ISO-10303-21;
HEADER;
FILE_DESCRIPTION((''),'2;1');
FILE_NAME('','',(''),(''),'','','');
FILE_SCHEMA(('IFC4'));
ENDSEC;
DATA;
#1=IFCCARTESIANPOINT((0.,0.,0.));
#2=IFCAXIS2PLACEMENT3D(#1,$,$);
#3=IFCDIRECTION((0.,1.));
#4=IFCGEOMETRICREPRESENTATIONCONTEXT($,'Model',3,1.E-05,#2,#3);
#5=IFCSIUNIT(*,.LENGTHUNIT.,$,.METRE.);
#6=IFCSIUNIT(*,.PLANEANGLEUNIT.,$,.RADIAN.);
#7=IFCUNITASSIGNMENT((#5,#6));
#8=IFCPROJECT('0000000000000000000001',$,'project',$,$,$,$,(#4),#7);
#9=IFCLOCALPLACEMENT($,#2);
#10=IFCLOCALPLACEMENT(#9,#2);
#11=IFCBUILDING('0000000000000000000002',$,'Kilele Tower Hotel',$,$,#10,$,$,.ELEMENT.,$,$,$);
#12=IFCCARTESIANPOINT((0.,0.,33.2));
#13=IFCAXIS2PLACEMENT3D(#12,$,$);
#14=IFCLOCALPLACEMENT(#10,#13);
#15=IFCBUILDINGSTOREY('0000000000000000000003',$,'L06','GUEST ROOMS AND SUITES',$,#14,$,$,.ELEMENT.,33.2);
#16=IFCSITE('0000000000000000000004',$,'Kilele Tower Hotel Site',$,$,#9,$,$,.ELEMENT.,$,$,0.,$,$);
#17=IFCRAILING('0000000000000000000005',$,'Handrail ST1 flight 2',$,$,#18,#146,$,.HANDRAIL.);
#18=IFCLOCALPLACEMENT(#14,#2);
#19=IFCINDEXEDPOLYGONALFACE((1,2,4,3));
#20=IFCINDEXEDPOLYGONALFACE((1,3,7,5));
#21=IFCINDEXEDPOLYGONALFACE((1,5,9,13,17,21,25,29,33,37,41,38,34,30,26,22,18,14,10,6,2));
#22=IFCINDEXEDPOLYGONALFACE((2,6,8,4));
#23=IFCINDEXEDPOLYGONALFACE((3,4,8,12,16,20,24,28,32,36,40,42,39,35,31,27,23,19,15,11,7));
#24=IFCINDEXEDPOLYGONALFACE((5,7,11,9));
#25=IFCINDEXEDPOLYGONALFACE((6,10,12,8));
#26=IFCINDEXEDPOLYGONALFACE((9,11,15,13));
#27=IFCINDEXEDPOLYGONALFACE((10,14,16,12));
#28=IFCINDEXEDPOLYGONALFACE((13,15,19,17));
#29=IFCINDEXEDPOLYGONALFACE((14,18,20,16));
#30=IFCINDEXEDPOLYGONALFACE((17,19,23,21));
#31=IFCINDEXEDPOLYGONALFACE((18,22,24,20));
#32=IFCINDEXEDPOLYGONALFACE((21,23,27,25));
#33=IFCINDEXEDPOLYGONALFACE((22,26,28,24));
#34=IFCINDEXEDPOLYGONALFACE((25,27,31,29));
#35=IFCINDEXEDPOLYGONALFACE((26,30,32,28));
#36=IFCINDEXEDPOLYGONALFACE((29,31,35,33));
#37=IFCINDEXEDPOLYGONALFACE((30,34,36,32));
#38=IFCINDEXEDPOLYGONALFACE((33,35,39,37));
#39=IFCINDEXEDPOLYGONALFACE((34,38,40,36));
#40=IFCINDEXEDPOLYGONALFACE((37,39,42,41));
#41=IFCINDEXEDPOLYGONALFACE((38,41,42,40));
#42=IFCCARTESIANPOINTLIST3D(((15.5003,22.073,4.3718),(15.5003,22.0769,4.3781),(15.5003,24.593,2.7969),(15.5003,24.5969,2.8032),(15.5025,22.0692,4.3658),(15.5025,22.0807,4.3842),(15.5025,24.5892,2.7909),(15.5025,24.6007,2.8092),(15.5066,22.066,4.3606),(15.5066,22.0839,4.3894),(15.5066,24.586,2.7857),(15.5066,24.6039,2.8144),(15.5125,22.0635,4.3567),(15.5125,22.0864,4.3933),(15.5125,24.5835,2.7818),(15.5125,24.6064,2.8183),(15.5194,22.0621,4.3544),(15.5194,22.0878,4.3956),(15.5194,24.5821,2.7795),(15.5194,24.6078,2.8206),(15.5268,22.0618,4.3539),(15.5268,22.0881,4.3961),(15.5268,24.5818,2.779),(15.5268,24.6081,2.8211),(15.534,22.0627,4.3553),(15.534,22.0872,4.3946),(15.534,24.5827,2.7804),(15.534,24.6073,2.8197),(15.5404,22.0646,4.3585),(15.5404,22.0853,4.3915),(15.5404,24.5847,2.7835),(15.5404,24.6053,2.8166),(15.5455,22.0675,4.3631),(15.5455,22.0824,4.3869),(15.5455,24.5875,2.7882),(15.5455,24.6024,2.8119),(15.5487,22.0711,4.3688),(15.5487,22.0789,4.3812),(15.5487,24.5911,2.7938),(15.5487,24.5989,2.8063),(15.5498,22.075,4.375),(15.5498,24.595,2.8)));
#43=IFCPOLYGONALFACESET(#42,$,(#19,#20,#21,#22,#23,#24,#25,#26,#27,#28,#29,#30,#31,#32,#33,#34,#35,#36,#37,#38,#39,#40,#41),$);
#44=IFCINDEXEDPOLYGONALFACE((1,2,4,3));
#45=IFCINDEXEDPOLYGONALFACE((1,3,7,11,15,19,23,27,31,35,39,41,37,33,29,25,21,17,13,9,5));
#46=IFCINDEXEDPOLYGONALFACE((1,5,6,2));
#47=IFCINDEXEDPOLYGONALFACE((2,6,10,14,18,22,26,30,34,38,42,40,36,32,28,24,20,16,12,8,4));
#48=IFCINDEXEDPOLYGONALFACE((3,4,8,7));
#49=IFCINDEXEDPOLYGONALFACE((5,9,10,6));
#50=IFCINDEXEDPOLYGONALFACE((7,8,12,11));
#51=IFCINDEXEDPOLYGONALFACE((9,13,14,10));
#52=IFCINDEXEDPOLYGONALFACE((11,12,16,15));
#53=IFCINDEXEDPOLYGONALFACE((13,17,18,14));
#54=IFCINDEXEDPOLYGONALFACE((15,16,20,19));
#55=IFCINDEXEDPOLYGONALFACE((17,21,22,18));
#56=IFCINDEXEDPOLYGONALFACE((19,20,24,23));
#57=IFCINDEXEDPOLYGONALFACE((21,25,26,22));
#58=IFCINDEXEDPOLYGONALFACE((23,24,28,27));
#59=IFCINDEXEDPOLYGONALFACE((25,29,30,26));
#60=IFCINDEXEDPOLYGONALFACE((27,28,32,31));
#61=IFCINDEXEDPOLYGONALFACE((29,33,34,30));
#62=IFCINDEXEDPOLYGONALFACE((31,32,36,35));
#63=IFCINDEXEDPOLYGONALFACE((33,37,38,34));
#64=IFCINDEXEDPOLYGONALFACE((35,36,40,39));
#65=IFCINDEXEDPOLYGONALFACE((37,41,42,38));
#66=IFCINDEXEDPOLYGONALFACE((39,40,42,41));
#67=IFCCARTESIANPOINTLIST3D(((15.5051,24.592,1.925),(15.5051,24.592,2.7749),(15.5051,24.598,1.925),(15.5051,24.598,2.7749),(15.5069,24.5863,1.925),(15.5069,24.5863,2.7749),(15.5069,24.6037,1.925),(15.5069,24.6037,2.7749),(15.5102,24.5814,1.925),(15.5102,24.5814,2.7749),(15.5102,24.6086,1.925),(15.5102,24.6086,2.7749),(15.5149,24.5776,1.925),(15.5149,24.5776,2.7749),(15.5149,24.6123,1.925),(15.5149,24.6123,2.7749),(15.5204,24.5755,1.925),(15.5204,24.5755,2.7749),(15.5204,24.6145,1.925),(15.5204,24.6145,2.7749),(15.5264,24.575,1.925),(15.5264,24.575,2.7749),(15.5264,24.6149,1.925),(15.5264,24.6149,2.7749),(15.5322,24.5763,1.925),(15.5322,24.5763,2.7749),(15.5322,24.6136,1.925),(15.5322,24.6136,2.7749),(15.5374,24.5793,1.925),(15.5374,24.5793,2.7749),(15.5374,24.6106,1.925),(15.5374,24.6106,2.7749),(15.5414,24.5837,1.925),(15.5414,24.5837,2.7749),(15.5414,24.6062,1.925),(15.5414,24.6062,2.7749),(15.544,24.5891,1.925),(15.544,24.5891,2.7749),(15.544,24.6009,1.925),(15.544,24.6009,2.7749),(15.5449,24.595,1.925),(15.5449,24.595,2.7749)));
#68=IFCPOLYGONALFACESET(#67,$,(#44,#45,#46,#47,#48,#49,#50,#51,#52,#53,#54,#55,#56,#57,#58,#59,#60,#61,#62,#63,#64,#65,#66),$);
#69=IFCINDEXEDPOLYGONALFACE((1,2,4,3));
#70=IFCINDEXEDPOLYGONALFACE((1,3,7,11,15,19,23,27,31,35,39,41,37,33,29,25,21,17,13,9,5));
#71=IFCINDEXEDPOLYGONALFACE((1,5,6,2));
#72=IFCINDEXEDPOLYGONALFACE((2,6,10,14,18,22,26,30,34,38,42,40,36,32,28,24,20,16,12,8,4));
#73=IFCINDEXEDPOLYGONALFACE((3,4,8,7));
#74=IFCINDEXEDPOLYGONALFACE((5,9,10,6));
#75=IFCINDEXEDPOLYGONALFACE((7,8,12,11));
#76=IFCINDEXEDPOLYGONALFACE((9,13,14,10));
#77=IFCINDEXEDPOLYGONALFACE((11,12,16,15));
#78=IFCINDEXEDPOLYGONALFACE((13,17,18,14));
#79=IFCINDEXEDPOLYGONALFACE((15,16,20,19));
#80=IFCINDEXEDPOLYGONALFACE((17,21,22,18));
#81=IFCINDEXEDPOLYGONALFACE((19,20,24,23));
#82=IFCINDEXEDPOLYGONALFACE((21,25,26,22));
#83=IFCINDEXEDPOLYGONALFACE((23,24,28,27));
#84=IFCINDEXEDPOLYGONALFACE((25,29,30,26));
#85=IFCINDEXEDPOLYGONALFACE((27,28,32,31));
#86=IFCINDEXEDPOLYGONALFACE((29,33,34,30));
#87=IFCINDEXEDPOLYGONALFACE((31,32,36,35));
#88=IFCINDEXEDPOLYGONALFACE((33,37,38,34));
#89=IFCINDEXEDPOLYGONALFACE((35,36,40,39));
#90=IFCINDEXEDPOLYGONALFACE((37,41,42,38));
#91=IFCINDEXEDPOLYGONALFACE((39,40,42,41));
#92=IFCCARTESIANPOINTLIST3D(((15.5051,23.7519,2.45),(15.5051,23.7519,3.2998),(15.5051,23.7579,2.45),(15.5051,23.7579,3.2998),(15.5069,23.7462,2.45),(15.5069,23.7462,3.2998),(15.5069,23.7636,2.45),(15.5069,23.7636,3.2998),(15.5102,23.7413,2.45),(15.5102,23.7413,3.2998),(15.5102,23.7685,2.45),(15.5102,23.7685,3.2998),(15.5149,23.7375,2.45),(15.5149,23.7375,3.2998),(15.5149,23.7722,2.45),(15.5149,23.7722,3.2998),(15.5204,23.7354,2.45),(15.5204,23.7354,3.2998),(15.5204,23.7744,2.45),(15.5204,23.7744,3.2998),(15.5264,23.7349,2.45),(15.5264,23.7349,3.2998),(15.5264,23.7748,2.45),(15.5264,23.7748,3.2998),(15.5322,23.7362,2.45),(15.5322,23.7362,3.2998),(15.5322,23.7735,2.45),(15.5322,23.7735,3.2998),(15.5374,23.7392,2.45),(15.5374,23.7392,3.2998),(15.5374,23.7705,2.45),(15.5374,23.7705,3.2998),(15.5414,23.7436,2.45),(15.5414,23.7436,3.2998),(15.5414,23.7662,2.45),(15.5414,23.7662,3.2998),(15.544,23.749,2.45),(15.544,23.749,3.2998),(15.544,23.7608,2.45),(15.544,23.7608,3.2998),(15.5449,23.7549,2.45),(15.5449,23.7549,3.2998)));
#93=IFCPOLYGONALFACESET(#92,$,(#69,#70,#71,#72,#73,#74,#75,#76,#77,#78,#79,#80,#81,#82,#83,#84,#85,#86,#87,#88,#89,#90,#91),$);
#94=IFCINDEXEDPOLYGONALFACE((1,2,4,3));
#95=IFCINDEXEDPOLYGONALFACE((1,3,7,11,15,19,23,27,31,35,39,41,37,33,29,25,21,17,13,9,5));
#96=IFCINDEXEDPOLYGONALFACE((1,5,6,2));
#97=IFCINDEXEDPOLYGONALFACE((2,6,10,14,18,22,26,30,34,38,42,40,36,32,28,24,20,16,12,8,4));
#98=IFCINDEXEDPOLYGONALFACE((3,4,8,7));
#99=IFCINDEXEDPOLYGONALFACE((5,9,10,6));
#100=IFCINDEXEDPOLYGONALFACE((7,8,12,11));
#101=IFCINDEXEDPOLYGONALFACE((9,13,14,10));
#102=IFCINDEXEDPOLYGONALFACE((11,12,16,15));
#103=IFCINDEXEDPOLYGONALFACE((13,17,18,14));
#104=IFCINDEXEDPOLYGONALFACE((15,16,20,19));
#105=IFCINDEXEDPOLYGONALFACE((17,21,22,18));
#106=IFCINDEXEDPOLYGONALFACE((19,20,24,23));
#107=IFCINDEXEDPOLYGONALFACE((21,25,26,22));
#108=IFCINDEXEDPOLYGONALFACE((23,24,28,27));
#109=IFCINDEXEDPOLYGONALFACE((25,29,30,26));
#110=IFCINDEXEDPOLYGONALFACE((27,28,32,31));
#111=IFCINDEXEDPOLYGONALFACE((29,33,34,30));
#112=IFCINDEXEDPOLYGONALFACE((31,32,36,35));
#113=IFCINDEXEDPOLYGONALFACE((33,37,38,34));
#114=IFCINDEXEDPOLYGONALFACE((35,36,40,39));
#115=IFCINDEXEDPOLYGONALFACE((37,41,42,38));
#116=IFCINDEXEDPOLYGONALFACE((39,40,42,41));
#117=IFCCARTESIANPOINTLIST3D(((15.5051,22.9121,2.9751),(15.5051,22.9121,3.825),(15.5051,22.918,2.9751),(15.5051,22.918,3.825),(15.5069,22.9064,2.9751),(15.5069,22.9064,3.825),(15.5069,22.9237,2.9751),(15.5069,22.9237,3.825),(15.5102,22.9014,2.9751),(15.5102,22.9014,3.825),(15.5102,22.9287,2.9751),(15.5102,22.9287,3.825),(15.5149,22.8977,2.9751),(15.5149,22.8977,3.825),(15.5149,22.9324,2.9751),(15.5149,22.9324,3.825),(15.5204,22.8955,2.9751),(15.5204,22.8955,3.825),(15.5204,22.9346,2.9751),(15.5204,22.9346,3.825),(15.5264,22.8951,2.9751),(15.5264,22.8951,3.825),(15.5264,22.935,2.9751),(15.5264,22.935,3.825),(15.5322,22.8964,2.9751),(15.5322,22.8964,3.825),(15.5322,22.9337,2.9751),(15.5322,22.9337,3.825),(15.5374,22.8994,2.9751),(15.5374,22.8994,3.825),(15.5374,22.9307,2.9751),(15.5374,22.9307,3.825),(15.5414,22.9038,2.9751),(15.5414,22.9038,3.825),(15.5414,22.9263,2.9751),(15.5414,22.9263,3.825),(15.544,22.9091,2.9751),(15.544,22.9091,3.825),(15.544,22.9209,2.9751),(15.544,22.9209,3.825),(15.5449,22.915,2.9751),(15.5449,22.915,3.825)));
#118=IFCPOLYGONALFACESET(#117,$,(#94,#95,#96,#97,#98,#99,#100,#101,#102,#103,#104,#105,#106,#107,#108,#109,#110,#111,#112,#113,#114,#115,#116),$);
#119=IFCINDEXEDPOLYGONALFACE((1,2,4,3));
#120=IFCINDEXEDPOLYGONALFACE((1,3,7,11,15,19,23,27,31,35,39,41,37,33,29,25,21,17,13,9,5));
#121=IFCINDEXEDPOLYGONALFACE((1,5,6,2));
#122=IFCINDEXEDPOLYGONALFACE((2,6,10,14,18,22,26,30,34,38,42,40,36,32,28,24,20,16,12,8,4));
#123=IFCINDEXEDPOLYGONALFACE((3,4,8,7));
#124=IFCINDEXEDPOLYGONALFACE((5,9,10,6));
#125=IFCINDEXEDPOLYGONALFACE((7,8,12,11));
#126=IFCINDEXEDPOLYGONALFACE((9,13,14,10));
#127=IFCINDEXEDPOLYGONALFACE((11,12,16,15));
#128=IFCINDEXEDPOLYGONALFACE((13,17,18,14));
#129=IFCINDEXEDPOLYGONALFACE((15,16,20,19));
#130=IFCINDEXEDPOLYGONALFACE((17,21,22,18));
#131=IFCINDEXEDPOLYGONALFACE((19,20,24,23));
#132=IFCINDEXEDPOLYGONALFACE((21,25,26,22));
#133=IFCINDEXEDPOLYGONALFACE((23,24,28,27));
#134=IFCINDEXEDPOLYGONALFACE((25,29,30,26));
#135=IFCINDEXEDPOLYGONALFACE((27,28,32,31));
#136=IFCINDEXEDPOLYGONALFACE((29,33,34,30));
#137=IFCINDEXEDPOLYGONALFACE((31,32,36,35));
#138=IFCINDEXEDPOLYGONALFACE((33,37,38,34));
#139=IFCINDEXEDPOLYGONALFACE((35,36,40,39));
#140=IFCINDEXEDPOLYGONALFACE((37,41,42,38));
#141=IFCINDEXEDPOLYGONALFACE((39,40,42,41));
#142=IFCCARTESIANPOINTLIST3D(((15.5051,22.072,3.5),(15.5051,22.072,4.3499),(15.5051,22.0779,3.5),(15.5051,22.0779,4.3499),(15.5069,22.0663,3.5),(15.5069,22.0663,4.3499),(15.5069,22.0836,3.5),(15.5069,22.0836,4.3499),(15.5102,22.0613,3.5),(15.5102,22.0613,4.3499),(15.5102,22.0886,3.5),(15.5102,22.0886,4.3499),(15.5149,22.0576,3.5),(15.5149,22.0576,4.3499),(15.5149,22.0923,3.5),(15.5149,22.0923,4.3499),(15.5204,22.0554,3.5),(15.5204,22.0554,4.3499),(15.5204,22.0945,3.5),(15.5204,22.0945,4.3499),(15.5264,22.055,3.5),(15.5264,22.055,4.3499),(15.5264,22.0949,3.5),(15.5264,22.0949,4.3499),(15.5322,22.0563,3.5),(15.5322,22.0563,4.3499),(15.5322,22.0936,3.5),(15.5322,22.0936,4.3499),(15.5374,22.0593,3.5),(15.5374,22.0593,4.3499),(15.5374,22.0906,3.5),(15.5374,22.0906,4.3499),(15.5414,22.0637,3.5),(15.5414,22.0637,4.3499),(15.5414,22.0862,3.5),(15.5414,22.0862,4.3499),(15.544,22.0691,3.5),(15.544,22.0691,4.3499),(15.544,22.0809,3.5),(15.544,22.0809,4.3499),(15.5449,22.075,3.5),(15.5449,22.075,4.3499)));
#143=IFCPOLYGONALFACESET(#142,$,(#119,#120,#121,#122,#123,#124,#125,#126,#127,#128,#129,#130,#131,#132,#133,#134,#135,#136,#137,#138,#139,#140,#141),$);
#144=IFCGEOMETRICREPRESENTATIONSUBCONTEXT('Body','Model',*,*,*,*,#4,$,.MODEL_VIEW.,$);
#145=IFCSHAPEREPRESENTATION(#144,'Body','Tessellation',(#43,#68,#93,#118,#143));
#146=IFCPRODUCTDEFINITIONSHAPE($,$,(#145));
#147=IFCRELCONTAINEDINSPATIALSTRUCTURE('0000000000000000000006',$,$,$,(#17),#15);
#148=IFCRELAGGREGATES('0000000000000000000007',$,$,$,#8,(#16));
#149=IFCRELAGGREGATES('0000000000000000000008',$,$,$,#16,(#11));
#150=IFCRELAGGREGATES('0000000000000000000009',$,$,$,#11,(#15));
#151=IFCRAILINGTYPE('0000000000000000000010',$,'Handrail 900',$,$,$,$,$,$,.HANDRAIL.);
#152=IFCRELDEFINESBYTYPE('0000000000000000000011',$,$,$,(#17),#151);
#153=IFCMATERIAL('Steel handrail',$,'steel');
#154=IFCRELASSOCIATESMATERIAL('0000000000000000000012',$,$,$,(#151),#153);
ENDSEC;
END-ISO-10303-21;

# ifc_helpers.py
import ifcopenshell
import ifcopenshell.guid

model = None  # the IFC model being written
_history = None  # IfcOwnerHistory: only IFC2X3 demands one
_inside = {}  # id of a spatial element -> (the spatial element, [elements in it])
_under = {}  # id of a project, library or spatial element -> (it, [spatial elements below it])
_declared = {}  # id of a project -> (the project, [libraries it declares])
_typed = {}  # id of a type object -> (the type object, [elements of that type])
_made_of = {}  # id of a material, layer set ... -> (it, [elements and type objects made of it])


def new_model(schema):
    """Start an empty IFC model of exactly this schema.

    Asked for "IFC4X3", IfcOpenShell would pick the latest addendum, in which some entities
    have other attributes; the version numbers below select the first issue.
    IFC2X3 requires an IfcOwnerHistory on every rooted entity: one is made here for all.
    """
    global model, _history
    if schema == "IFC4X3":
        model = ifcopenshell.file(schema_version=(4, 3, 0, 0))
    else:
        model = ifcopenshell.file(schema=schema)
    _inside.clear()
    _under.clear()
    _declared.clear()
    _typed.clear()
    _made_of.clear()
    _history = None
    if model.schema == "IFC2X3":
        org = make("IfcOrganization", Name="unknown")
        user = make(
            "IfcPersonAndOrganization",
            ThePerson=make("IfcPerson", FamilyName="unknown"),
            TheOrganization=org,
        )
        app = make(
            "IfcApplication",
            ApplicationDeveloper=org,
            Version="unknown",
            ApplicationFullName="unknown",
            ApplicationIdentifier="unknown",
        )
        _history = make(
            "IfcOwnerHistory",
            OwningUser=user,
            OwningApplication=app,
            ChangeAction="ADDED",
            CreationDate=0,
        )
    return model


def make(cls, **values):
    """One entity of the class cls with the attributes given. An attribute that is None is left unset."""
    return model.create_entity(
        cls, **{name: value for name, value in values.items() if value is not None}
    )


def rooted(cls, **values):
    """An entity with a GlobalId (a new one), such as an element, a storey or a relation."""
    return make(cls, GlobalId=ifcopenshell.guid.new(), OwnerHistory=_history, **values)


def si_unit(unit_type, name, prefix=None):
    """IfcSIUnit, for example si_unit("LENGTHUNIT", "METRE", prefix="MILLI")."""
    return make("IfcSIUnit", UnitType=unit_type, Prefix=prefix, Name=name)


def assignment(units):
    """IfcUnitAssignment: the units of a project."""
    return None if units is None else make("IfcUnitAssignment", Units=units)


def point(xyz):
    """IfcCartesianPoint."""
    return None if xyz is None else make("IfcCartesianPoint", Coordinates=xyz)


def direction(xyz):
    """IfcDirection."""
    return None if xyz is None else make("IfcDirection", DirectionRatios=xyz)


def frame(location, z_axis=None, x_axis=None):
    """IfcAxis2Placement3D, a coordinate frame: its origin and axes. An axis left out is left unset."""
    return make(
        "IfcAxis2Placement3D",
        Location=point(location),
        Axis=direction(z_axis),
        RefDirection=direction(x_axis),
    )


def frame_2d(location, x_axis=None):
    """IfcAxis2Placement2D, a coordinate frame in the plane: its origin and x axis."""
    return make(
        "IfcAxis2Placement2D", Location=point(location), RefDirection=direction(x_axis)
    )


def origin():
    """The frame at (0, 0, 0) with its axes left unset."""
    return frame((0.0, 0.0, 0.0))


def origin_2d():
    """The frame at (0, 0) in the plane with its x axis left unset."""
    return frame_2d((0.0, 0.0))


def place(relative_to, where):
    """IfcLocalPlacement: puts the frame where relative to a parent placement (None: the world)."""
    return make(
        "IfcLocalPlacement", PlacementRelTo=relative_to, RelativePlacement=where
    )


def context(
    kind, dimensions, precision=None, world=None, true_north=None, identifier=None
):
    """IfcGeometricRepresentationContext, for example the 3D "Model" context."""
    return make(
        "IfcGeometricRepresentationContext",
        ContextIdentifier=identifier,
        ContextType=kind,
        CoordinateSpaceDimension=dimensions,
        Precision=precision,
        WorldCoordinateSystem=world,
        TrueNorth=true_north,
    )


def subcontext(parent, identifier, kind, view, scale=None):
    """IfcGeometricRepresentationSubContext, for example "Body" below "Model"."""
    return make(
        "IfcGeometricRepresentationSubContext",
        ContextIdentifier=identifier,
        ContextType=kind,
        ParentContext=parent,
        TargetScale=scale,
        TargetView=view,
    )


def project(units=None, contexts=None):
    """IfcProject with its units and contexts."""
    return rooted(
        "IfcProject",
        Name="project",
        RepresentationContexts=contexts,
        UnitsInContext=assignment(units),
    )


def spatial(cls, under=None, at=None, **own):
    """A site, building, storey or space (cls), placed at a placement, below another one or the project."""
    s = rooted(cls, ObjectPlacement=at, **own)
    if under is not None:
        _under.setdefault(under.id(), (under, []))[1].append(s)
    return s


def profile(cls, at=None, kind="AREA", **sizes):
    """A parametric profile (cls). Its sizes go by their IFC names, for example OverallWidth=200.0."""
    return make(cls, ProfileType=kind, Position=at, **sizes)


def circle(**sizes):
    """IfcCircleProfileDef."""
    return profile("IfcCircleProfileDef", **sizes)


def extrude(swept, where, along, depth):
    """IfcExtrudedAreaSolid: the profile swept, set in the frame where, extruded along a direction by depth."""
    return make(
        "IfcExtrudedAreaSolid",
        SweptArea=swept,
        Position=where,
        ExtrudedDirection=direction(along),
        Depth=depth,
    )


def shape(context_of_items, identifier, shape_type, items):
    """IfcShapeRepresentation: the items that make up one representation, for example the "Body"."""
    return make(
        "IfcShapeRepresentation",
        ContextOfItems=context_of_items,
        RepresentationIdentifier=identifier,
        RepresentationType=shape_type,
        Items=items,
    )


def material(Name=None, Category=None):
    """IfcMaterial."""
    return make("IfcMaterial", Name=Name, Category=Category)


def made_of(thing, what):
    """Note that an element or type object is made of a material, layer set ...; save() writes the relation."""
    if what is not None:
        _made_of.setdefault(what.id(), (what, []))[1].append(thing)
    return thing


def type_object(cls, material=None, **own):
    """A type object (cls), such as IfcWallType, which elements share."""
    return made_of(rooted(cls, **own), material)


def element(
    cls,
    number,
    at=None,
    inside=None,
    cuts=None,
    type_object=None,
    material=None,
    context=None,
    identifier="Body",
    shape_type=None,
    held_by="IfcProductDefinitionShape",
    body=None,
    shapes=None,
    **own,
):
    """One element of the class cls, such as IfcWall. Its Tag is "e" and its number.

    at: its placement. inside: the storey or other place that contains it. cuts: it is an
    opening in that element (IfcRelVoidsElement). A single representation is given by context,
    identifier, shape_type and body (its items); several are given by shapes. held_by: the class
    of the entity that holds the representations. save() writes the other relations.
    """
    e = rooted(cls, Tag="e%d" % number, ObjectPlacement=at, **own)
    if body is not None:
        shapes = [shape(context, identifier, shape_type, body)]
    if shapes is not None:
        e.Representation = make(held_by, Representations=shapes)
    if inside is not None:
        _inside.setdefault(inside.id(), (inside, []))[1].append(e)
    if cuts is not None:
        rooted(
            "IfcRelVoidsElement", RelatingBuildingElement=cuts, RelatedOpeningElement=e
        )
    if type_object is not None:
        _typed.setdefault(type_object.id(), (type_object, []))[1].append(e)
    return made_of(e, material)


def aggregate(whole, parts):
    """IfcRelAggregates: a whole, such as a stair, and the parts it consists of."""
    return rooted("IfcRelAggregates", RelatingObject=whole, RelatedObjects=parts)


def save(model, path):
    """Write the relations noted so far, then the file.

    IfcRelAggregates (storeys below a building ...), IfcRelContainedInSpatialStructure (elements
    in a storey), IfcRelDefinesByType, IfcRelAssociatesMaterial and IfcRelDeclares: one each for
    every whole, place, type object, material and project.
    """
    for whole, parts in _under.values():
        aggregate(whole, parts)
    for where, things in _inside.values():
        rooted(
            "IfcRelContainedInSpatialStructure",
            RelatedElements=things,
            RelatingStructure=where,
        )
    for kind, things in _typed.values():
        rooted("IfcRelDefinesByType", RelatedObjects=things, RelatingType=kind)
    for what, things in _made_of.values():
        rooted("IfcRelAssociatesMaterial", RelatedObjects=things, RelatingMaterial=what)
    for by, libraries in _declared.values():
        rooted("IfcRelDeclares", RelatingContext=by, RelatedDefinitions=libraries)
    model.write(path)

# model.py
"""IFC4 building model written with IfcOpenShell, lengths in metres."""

from ifc_helpers import new_model, si_unit, direction, frame, origin, origin_2d, place, context, subcontext, project, spatial, circle, extrude, material, type_object, element, save


model = new_model("IFC4")

# Units and contexts
model_context = context("Model", 3, precision=1e-05, world=origin(), true_north=direction((0.0, 1.0)))
body_context = subcontext(model_context, "Body", "Model", "MODEL_VIEW")
ifc_project = project(units=[si_unit("LENGTHUNIT", "METRE"), si_unit("PLANEANGLEUNIT", "RADIAN")], contexts=[model_context])

# Site, building, storey
site_placement = place(None, origin())
site = spatial("IfcSite", under=ifc_project, at=site_placement, Name="Kilele Tower Hotel Site", CompositionType="ELEMENT", RefElevation=0.0)
building_placement = place(site_placement, origin())
building = spatial("IfcBuilding", under=site, at=building_placement, Name="Kilele Tower Hotel", CompositionType="ELEMENT")
storey_placement = place(building_placement, frame((0.0, 0.0, 33.2)))
storey = spatial("IfcBuildingStorey", under=building, at=storey_placement, Name="L06", Description="GUEST ROOMS AND SUITES", CompositionType="ELEMENT", Elevation=33.2)

# Railing
ifc_material_1 = material(Name="Steel handrail", Category="steel")
railing_type_1 = type_object("IfcRailingType", Name="Handrail 900", PredefinedType="HANDRAIL", material=ifc_material_1)
for number, where, name in (
    (1, (15.5249, 24.595, 1.925), "Handrail ST1 flight 2"),
):
    element("IfcRailing", number, at=place(storey_placement, frame(where)), inside=storey, type_object=railing_type_1, Name=name, PredefinedType="HANDRAIL", context=body_context, shape_type="SweptSolid", body=[
        extrude(circle(Radius=0.0249, at=origin_2d()), frame((0.0, 0.0, 0.875), z_axis=(0.0, -0.848008, 0.529984), x_axis=(1.0, 0.0, 0.0)), (0.0, 0.0, 1.0), 2.9717),
        extrude(circle(Radius=0.02, at=origin_2d()), origin(), (0.0, 0.0, 1.0), 0.8499),
        extrude(circle(Radius=0.02, at=origin_2d()), frame((0.0, -0.8401, 0.5249)), (0.0, 0.0, 1.0), 0.8499),
        extrude(circle(Radius=0.02, at=origin_2d()), frame((0.0, -1.6799, 1.05)), (0.0, 0.0, 1.0), 0.8499),
        extrude(circle(Radius=0.02, at=origin_2d()), frame((0.0, -2.52, 1.575)), (0.0, 0.0, 1.0), 0.8499),
    ])

save(model, "model.ifc")
